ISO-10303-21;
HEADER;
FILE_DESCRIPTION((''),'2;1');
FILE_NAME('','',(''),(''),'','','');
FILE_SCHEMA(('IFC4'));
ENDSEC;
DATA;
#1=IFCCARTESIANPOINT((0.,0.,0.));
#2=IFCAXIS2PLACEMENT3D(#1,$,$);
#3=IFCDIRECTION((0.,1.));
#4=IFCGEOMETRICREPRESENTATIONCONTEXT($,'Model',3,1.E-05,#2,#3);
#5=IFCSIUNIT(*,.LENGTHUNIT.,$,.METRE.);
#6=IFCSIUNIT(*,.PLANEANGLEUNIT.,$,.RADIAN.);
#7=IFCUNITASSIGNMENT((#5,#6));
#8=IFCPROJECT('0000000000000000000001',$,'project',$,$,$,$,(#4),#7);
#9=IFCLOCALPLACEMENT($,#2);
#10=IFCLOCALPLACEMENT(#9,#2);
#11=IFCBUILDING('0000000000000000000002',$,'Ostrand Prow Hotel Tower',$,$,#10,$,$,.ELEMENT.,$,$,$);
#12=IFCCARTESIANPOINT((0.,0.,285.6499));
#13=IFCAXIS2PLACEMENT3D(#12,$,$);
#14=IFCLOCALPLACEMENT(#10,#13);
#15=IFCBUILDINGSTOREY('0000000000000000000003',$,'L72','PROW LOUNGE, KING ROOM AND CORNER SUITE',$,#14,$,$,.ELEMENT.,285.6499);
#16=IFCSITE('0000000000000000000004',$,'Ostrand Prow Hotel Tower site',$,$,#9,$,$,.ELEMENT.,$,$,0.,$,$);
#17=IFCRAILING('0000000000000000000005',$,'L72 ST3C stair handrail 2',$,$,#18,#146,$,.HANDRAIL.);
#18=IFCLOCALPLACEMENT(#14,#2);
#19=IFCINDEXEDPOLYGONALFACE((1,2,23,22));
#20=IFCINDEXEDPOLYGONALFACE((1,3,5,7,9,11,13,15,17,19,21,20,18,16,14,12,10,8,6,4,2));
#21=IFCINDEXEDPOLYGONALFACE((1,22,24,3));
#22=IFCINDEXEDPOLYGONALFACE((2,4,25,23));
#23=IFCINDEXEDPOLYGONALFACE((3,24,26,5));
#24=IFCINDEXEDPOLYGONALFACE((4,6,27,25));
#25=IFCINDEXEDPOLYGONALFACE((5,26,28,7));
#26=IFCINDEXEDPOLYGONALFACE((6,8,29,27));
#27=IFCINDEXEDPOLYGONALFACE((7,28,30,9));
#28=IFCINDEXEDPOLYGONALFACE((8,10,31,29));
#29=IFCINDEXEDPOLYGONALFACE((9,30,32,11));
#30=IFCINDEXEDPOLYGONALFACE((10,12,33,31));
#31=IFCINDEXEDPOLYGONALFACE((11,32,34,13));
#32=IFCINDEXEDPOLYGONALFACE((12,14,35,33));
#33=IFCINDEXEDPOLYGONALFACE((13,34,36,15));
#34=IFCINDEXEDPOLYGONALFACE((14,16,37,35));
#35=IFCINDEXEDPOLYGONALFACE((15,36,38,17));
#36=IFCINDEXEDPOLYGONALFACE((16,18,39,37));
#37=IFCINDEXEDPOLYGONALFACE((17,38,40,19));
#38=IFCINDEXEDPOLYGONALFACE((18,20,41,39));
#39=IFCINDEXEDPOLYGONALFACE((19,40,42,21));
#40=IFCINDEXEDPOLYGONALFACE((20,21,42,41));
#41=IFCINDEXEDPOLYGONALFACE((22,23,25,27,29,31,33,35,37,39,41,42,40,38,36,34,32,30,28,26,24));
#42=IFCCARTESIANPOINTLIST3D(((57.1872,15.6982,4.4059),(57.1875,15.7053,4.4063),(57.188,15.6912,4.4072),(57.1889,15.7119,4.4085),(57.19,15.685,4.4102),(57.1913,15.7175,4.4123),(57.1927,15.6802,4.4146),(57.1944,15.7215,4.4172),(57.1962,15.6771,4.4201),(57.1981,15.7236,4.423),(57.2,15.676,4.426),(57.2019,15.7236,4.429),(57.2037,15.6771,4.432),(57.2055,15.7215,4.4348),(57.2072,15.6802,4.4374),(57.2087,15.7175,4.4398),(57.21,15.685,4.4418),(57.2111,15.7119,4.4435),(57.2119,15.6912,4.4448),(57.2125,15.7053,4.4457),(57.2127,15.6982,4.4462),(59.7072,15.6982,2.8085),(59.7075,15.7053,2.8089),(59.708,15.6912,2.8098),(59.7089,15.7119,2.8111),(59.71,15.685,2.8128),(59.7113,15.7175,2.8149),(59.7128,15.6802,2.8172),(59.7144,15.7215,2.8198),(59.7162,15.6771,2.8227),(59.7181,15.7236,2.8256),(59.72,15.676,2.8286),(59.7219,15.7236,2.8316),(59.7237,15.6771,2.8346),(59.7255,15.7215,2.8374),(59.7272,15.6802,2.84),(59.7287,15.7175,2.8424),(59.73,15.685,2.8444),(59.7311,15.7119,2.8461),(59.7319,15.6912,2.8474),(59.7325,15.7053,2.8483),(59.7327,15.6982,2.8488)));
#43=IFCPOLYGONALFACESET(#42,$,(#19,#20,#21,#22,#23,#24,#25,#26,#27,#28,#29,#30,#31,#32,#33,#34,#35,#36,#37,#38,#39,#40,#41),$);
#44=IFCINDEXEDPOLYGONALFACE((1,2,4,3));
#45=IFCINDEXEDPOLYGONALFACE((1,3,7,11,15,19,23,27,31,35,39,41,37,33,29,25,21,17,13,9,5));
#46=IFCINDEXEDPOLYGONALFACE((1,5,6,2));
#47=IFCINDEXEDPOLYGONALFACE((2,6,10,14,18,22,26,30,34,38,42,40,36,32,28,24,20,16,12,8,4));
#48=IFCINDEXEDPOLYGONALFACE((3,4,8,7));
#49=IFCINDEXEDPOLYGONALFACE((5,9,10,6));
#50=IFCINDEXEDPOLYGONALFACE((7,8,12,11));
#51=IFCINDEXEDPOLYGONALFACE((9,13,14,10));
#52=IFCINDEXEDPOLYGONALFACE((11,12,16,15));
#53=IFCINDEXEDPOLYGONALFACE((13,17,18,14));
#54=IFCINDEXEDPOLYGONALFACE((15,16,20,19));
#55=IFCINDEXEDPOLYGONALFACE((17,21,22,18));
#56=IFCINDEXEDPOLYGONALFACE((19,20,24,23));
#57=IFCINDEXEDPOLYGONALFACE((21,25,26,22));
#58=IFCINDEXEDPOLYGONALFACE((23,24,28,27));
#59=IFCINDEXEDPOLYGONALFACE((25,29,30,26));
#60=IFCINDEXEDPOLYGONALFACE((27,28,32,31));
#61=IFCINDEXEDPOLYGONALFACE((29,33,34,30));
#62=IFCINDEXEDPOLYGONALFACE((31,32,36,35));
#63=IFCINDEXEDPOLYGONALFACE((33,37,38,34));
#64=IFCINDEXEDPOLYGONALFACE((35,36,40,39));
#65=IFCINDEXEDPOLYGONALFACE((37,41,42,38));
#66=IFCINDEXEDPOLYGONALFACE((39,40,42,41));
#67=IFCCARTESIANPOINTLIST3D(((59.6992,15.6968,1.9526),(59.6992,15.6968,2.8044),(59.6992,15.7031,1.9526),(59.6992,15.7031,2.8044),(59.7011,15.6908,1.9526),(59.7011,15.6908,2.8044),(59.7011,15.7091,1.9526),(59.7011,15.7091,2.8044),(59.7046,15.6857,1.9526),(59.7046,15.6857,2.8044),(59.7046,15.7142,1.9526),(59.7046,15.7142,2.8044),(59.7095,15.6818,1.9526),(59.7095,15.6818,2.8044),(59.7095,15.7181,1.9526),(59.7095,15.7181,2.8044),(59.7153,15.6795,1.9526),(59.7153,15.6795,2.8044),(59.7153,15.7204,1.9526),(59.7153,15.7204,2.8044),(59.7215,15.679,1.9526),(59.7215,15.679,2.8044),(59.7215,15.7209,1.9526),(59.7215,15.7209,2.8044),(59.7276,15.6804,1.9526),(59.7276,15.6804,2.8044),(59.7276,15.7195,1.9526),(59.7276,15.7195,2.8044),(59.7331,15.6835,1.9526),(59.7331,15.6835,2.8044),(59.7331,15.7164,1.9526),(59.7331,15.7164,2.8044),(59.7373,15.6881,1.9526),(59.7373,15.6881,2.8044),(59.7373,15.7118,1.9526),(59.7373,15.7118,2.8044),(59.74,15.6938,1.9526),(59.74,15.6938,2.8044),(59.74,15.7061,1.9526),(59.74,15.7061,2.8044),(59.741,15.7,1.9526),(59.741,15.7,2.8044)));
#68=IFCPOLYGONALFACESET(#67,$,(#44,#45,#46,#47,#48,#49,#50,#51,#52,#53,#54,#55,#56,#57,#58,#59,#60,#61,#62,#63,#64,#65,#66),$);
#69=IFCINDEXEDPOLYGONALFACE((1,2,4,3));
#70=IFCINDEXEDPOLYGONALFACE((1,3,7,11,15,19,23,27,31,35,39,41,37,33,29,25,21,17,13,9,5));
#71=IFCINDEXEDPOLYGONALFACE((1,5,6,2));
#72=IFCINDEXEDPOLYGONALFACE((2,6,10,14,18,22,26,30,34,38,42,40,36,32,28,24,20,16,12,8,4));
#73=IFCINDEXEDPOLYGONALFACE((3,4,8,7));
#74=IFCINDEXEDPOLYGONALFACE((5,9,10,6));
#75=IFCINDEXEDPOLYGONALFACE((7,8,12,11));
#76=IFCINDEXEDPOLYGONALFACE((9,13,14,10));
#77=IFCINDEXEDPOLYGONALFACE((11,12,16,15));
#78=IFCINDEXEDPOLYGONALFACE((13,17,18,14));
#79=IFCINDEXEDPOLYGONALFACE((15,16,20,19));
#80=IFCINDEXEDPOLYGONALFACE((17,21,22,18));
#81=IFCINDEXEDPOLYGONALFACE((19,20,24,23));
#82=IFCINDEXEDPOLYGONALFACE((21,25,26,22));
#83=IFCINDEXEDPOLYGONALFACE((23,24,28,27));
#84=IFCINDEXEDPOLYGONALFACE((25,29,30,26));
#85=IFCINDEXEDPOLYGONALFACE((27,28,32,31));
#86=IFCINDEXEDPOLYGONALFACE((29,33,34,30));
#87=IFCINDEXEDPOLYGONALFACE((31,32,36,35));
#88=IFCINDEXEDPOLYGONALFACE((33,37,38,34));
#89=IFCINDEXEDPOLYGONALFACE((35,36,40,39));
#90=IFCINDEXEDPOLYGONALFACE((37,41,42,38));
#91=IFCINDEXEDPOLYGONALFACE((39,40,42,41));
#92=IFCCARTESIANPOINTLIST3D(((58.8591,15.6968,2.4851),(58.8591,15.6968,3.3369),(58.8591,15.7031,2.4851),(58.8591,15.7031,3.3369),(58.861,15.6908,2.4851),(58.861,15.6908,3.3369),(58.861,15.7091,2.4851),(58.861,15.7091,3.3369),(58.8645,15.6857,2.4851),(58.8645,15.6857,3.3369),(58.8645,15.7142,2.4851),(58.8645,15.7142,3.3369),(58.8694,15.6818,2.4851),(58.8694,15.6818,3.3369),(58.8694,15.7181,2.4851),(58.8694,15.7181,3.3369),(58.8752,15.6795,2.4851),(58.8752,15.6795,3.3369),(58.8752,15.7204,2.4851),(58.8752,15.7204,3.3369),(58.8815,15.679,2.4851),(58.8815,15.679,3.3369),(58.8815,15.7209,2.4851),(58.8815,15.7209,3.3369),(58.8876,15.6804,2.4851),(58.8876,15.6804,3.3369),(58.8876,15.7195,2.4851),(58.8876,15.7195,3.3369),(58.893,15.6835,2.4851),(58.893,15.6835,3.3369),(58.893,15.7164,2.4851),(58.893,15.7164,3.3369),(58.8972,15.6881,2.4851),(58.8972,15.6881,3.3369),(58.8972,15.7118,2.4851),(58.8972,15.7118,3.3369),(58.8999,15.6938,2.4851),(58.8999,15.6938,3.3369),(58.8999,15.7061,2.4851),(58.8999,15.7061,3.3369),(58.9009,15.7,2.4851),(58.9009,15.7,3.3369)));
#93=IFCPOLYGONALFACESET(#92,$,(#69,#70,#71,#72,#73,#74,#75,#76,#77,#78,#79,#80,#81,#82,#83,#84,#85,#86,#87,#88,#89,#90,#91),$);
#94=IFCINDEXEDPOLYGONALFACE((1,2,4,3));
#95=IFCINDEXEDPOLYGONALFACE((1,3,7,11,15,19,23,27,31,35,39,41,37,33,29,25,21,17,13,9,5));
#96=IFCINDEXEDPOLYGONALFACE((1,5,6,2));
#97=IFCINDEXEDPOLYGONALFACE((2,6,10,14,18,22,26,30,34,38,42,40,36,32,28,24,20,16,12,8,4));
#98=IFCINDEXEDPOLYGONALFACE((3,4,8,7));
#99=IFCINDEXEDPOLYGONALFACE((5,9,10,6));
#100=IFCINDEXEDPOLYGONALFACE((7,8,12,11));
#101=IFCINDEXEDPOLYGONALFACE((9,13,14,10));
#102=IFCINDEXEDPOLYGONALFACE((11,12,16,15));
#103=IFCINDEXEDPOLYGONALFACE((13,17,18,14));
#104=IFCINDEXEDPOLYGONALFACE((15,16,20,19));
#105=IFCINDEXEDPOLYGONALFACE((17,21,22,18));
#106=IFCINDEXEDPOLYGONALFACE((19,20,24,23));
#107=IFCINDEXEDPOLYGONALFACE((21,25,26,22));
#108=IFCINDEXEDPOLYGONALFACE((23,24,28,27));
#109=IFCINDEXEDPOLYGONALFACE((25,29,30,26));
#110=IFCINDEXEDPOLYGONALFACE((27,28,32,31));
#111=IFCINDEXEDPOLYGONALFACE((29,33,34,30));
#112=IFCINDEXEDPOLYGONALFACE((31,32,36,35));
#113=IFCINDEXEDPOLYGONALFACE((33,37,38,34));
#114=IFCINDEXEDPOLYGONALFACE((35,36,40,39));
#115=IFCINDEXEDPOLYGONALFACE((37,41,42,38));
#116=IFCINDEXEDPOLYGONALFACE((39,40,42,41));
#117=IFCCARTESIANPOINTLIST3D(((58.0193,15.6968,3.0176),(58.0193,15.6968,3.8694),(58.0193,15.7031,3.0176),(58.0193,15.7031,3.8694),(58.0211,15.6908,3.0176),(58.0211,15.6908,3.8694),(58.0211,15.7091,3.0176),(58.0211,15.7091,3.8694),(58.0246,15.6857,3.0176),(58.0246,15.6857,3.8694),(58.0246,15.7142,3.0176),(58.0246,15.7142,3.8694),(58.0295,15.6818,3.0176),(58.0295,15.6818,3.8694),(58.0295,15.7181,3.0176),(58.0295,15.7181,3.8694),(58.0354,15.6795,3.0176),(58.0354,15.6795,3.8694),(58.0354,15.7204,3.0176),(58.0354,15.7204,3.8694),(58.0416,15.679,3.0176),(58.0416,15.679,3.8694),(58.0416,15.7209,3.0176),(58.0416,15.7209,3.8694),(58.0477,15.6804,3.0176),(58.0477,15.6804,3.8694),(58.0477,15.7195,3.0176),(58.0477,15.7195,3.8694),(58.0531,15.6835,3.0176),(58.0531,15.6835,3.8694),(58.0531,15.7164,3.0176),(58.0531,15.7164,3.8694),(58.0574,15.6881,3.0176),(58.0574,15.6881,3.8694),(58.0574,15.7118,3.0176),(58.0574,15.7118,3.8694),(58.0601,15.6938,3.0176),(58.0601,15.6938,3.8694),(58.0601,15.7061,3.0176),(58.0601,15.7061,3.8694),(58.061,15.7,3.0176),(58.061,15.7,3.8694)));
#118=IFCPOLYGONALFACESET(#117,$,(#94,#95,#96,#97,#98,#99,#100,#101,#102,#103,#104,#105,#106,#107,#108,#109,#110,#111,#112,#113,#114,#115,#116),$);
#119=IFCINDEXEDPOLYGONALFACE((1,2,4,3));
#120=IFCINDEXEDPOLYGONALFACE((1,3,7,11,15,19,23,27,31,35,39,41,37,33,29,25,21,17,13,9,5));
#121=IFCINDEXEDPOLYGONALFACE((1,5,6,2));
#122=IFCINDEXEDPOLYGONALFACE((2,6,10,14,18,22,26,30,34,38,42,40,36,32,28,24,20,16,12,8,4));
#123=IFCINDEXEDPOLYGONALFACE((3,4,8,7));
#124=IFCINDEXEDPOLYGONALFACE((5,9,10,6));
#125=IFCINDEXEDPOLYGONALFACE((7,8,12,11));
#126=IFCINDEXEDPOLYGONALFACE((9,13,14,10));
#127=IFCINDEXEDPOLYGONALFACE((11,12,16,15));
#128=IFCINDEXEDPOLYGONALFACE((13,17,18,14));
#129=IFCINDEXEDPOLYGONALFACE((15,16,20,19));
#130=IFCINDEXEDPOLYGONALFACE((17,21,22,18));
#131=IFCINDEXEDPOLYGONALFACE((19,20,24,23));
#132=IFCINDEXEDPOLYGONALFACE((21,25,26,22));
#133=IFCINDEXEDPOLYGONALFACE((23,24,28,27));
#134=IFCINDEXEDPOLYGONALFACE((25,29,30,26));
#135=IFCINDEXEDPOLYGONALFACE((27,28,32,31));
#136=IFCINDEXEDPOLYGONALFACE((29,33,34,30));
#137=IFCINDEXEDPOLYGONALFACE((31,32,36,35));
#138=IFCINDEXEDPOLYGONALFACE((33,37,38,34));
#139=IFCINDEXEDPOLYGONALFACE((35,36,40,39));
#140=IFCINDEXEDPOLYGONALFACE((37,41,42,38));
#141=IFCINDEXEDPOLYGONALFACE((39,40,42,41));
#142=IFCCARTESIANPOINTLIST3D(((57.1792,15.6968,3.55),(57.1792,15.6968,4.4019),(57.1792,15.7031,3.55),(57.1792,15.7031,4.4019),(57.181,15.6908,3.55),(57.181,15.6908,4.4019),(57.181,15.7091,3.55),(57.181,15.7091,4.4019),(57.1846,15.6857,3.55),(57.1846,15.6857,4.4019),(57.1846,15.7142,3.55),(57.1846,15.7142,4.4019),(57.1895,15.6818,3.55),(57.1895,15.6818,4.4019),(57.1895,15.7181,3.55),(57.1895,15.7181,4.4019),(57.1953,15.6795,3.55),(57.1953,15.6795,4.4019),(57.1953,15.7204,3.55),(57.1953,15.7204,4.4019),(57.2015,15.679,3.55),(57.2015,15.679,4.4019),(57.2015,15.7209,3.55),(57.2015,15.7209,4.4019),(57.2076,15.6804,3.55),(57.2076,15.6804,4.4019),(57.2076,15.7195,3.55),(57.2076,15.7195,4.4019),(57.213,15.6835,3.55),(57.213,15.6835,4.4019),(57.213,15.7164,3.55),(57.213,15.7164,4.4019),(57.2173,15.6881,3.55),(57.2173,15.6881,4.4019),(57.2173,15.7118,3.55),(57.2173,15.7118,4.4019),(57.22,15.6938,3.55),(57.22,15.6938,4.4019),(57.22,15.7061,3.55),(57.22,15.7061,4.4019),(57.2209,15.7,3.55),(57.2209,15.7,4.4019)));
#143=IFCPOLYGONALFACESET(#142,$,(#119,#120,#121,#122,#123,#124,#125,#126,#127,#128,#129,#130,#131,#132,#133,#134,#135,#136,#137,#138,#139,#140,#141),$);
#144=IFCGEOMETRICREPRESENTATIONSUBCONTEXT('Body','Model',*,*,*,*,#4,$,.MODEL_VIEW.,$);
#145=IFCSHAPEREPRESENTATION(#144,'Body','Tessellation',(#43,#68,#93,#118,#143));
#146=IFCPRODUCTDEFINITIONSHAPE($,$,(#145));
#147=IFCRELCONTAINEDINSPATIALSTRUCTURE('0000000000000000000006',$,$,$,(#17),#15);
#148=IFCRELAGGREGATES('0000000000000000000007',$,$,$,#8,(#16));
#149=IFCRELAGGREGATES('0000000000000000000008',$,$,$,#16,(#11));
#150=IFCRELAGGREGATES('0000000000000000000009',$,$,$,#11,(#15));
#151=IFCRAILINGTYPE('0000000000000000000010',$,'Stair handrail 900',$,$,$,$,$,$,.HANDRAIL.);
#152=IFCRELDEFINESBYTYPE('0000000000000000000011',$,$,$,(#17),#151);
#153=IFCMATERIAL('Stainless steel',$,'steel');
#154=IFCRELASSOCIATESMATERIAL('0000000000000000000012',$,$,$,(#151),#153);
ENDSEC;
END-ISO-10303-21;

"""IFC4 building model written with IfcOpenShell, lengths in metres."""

from ifc_helpers import new_model, si_unit, direction, frame, origin, origin_2d, place, context, subcontext, project, spatial, circle, extrude, material, type_object, element, save


model = new_model("IFC4")

# Units and contexts
model_context = context("Model", 3, precision=1e-05, world=origin(), true_north=direction((0.0, 1.0)))
body_context = subcontext(model_context, "Body", "Model", "MODEL_VIEW")
ifc_project = project(units=[si_unit("LENGTHUNIT", "METRE"), si_unit("PLANEANGLEUNIT", "RADIAN")], contexts=[model_context])

# Site, building, storey
site_placement = place(None, origin())
site = spatial("IfcSite", under=ifc_project, at=site_placement, Name="Ostrand Prow Hotel Tower site", CompositionType="ELEMENT", RefElevation=0.0)
building_placement = place(site_placement, origin())
building = spatial("IfcBuilding", under=site, at=building_placement, Name="Ostrand Prow Hotel Tower", CompositionType="ELEMENT")
storey_placement = place(building_placement, frame((0.0, 0.0, 285.6499)))
storey = spatial("IfcBuildingStorey", under=building, at=storey_placement, Name="L72", Description="PROW LOUNGE, KING ROOM AND CORNER SUITE", CompositionType="ELEMENT", Elevation=285.6499)

# Railing
ifc_material_1 = material(Name="Stainless steel", Category="steel")
railing_type_1 = type_object("IfcRailingType", Name="Stair handrail 900", PredefinedType="HANDRAIL", material=ifc_material_1)
railing_1_placement = place(storey_placement, frame((59.72, 15.7, 1.9526)))
element("IfcRailing", 1, at=railing_1_placement, inside=storey, type_object=railing_type_1, Name="L72 ST3C stair handrail 2", PredefinedType="HANDRAIL", context=body_context, shape_type="SweptSolid", body=[
    extrude(circle(Radius=0.0239, at=origin_2d()), frame((0.0, 0.0, 0.876), z_axis=(-0.844607, 0.0, 0.535387), x_axis=(0.0, -1.0, 0.0)), (0.0, 0.0, 1.0), 2.9836),
    extrude(circle(Radius=0.021, at=origin_2d()), origin(), (0.0, 0.0, 1.0), 0.8518),
    extrude(circle(Radius=0.021, at=origin_2d()), frame((-0.8401, 0.0, 0.5325)), (0.0, 0.0, 1.0), 0.8518),
    extrude(circle(Radius=0.021, at=origin_2d()), frame((-1.6799, 0.0, 1.0649)), (0.0, 0.0, 1.0), 0.8518),
    extrude(circle(Radius=0.021, at=origin_2d()), frame((-2.52, 0.0, 1.5974)), (0.0, 0.0, 1.0), 0.8518),
])

save(model, "model.ifc")
